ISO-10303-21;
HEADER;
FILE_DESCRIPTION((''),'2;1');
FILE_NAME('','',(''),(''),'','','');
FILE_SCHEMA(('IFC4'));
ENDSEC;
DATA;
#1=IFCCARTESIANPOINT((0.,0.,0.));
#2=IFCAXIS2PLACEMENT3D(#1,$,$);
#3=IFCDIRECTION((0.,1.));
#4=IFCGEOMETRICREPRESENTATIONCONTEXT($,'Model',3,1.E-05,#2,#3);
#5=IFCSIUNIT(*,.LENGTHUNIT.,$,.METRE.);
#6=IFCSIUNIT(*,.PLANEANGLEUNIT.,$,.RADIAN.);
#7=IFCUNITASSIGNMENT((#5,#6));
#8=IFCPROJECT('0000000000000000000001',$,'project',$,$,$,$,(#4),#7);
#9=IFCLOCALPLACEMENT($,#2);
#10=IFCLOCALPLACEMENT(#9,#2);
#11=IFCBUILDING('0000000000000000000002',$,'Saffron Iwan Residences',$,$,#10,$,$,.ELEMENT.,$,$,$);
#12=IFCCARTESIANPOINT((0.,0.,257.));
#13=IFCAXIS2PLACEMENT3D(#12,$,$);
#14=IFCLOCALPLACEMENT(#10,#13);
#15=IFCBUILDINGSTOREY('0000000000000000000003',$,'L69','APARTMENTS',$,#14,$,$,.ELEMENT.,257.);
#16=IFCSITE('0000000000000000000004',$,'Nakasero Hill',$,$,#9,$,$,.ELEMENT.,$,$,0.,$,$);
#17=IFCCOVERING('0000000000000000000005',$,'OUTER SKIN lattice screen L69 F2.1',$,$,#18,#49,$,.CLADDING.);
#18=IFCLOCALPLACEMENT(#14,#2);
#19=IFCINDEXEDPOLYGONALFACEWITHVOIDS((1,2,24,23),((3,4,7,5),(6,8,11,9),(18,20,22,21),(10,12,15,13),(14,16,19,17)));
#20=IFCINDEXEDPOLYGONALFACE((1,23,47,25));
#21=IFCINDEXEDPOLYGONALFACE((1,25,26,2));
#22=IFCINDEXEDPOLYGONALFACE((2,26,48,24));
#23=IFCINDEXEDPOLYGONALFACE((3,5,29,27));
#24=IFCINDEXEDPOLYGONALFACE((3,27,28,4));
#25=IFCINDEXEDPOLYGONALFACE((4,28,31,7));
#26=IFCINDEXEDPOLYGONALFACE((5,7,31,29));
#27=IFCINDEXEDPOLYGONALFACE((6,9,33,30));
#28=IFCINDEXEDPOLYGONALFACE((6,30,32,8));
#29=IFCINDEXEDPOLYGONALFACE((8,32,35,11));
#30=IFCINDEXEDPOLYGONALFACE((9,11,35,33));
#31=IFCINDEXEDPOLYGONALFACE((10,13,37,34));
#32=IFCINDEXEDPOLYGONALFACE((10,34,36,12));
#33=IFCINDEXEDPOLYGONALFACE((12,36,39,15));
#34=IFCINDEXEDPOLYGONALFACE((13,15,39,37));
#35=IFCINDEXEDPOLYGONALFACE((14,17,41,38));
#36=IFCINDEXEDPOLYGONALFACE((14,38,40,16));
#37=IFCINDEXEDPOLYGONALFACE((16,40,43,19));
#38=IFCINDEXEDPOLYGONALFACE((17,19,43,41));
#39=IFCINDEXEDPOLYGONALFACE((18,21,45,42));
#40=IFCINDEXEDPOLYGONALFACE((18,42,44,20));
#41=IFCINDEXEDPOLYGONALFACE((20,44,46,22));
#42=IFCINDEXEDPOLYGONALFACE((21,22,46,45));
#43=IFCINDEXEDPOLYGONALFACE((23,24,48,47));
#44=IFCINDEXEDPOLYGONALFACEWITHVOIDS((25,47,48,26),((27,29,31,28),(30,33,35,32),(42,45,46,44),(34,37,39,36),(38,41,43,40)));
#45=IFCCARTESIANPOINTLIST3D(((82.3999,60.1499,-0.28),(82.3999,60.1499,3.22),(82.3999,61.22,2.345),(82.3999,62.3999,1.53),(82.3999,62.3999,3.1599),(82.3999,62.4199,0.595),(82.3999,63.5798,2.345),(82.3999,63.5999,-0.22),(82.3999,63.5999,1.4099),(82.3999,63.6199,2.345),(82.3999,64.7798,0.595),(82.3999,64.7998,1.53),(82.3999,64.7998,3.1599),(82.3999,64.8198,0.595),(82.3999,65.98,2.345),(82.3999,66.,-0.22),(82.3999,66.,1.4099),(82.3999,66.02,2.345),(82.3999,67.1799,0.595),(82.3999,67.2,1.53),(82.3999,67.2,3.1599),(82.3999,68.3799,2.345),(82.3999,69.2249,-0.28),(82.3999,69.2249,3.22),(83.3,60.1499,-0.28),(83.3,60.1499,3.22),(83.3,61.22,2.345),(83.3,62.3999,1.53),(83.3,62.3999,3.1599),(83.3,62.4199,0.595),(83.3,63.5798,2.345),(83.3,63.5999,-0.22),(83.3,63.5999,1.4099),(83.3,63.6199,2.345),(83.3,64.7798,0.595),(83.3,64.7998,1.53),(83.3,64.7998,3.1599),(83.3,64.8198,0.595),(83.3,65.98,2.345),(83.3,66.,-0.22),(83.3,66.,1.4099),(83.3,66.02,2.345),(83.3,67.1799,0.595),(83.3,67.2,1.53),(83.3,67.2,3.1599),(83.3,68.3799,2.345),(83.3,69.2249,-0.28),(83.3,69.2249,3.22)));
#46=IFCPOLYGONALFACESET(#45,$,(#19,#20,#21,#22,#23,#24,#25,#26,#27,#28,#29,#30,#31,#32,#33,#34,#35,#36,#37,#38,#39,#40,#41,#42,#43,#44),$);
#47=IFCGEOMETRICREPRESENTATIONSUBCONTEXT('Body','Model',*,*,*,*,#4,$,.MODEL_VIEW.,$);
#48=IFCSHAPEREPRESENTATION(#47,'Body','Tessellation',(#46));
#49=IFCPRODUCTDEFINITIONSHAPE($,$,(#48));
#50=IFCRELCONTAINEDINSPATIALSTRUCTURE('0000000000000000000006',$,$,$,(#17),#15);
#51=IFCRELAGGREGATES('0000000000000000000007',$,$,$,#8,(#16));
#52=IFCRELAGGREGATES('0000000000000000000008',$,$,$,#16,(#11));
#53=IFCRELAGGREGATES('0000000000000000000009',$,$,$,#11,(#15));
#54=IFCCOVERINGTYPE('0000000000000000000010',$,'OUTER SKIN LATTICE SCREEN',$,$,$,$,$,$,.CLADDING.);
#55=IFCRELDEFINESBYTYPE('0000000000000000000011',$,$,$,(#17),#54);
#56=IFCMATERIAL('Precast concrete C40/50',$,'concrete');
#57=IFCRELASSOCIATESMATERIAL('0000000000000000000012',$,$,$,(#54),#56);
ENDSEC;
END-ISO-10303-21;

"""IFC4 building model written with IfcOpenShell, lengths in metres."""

from ifc_helpers import new_model, si_unit, direction, frame, origin, place, context, subcontext, project, spatial, polyline, outline, extrude, material, type_object, element, save


model = new_model("IFC4")

# Units and contexts
model_context = context("Model", 3, precision=1e-05, world=origin(), true_north=direction((0.0, 1.0)))
body_context = subcontext(model_context, "Body", "Model", "MODEL_VIEW")
ifc_project = project(units=[si_unit("LENGTHUNIT", "METRE"), si_unit("PLANEANGLEUNIT", "RADIAN")], contexts=[model_context])

# Site, building, storey
site_placement = place(None, origin())
site = spatial("IfcSite", under=ifc_project, at=site_placement, Name="Nakasero Hill", CompositionType="ELEMENT", RefElevation=0.0)
building_placement = place(site_placement, origin())
building = spatial("IfcBuilding", under=site, at=building_placement, Name="Saffron Iwan Residences", CompositionType="ELEMENT")
storey_placement = place(building_placement, frame((0.0, 0.0, 257.0)))
storey = spatial("IfcBuildingStorey", under=building, at=storey_placement, Name="L69", Description="APARTMENTS", CompositionType="ELEMENT", Elevation=257.0)

# Covering
ifc_material_1 = material(Name="Precast concrete C40/50", Category="concrete")
covering_type = type_object("IfcCoveringType", Name="OUTER SKIN LATTICE SCREEN", PredefinedType="CLADDING", material=ifc_material_1)
covering_placement = place(storey_placement, frame((82.3999, 60.1499, -0.28), z_axis=(1.0, 0.0, 0.0), x_axis=(0.0, 1.0, 0.0)))
element("IfcCovering", 1, at=covering_placement, inside=storey, type_object=covering_type, Name="OUTER SKIN lattice screen L69 F2.1", PredefinedType="CLADDING", context=body_context, shape_type="SweptSolid", body=[
    extrude(outline(polyline([(0.0, 0.0), (9.075, 0.0), (9.075, 3.5), (0.0, 3.5), (0.0, 0.0)]), holes=[polyline([(2.27, 0.875), (3.45, 0.0601), (4.6299, 0.875), (3.45, 1.6899), (2.27, 0.875)]), polyline([(4.6699, 0.875), (5.8501, 0.0601), (7.03, 0.875), (5.8501, 1.6899), (4.6699, 0.875)]), polyline([(1.0701, 2.625), (2.25, 1.8101), (3.4299, 2.625), (2.25, 3.4399), (1.0701, 2.625)]), polyline([(3.47, 2.625), (4.6499, 1.8101), (5.8301, 2.625), (4.6499, 3.4399), (3.47, 2.625)]), polyline([(5.8701, 2.625), (7.05, 1.8101), (8.23, 2.625), (7.05, 3.4399), (5.8701, 2.625)])]), origin(), (0.0, 0.0, 1.0), 0.9001),
])

save(model, "model.ifc")
